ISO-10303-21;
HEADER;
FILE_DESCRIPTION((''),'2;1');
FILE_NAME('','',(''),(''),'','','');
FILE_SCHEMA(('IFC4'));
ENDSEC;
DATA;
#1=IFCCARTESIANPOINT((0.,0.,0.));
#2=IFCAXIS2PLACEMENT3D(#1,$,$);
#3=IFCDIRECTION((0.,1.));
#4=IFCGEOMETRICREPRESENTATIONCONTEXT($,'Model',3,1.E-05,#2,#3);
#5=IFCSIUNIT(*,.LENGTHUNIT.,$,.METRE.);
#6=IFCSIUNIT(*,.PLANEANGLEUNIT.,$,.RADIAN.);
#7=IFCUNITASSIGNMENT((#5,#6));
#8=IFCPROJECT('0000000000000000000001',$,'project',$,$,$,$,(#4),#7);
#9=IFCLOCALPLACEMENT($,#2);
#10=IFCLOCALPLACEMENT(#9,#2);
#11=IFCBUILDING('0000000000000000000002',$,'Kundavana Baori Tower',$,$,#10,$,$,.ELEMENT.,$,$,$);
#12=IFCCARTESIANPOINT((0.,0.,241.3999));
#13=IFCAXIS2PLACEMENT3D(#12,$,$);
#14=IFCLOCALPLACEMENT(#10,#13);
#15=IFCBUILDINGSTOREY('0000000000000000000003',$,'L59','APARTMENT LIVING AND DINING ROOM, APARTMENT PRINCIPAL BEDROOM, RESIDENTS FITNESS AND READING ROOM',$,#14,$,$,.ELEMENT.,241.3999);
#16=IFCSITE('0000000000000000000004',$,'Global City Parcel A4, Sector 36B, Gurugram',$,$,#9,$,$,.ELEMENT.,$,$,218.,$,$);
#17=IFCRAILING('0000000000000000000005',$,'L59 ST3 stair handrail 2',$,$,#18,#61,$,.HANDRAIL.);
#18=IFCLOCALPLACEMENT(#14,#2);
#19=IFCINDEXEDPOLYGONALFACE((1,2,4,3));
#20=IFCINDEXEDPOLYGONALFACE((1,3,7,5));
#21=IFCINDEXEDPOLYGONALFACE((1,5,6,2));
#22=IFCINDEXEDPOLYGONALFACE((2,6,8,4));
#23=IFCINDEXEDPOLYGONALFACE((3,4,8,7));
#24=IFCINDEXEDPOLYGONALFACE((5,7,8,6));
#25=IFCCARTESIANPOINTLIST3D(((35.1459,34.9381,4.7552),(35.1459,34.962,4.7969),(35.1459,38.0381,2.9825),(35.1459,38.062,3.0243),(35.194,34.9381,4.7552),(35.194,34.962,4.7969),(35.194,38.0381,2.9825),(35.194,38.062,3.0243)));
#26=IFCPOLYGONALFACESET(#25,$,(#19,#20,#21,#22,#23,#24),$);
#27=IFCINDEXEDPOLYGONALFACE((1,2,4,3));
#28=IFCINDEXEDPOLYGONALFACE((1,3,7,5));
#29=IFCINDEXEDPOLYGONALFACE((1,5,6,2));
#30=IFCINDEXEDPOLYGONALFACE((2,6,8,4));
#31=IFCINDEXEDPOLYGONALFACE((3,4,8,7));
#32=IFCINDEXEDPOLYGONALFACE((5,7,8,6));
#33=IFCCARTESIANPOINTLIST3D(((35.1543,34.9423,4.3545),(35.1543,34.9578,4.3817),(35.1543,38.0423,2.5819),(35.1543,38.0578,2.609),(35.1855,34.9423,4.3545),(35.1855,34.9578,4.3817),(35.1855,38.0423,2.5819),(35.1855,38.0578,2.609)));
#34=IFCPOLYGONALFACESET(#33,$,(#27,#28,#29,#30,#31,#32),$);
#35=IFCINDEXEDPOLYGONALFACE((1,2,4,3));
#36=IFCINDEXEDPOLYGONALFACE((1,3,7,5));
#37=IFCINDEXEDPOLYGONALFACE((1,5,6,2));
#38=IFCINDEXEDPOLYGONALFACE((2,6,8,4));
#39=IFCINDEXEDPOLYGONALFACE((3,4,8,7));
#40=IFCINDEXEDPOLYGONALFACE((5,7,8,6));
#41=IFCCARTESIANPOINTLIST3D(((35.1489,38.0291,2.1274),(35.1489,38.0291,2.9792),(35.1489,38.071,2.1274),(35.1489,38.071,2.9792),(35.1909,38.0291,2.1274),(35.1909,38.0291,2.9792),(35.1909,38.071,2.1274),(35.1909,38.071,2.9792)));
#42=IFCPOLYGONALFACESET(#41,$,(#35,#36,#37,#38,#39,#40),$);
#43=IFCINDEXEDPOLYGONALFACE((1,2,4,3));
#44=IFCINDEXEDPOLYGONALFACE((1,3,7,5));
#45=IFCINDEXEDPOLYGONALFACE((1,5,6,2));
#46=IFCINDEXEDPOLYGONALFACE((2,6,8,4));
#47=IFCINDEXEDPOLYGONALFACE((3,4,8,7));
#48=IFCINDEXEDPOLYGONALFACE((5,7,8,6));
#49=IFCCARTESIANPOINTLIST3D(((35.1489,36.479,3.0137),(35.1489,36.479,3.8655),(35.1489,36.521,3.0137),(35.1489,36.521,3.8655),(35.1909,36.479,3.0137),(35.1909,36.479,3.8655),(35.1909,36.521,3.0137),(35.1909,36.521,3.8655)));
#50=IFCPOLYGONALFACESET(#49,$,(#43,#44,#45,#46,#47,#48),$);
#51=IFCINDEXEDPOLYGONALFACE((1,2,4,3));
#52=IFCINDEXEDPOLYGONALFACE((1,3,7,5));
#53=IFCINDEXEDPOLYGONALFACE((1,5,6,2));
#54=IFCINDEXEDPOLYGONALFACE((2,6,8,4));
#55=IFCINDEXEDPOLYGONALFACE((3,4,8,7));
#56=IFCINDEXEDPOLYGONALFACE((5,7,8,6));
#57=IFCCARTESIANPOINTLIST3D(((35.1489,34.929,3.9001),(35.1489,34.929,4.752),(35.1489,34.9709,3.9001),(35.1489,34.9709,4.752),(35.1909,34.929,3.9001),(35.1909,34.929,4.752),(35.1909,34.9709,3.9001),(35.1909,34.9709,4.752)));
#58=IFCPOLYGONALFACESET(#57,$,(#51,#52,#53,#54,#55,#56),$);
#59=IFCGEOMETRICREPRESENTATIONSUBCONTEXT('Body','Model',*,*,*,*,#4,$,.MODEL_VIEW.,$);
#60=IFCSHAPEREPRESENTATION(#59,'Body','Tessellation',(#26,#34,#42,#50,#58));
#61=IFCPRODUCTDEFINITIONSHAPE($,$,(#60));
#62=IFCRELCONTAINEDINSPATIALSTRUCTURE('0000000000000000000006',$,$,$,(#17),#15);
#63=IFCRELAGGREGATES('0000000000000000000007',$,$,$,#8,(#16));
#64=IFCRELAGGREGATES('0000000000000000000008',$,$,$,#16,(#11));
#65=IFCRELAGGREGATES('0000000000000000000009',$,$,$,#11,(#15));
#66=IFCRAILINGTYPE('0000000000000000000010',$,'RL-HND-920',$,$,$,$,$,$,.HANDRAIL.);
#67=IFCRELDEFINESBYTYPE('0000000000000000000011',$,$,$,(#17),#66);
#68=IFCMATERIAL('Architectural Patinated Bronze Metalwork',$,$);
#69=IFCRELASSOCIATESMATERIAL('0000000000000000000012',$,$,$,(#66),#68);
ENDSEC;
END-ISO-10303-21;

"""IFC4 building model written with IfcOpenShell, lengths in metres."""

from ifc_helpers import new_model, si_unit, direction, frame, origin, origin_2d, place, context, subcontext, project, spatial, rectangle, extrude, material, type_object, element, save


model = new_model("IFC4")

# Units and contexts
model_context = context("Model", 3, precision=1e-05, world=origin(), true_north=direction((0.0, 1.0)))
body_context = subcontext(model_context, "Body", "Model", "MODEL_VIEW")
ifc_project = project(units=[si_unit("LENGTHUNIT", "METRE"), si_unit("PLANEANGLEUNIT", "RADIAN")], contexts=[model_context])

# Site, building, storey
site_placement = place(None, origin())
site = spatial("IfcSite", under=ifc_project, at=site_placement, Name="Global City Parcel A4, Sector 36B, Gurugram", CompositionType="ELEMENT", RefElevation=218.0)
building_placement = place(site_placement, origin())
building = spatial("IfcBuilding", under=site, at=building_placement, Name="Kundavana Baori Tower", CompositionType="ELEMENT")
storey_placement = place(building_placement, frame((0.0, 0.0, 241.3999)))
storey = spatial("IfcBuildingStorey", under=building, at=storey_placement, Name="L59", Description="APARTMENT LIVING AND DINING ROOM, APARTMENT PRINCIPAL BEDROOM, RESIDENTS FITNESS AND READING ROOM", CompositionType="ELEMENT", Elevation=241.3999)

# Railing
ifc_material_1 = material(Name="Architectural Patinated Bronze Metalwork")
railing_type_1 = type_object("IfcRailingType", Name="RL-HND-920", PredefinedType="HANDRAIL", material=ifc_material_1)
railing_1_placement = place(storey_placement, frame((35.1699, 38.05, 2.1274)))
element("IfcRailing", 1, at=railing_1_placement, inside=storey, type_object=railing_type_1, Name="L59 ST3 stair handrail 2", PredefinedType="HANDRAIL", context=body_context, shape_type="SweptSolid", body=[
    extrude(rectangle(XDim=0.0481, YDim=0.0481, at=origin_2d()), frame((0.0, 0.0, 0.876), z_axis=(0.0, -0.868096, 0.496397), x_axis=(1.0, 0.0, 0.0)), (0.0, 0.0, 1.0), 3.571),
    extrude(rectangle(XDim=0.0312, YDim=0.0312, at=origin_2d()), frame((0.0, 0.0, 0.468), z_axis=(0.0, -0.868096, 0.496397), x_axis=(1.0, 0.0, 0.0)), (0.0, 0.0, 1.0), 3.571),
    extrude(rectangle(XDim=0.042, YDim=0.042, at=origin_2d()), origin(), (0.0, 0.0, 1.0), 0.8518),
    extrude(rectangle(XDim=0.042, YDim=0.042, at=origin_2d()), frame((0.0, -1.55, 0.8862)), (0.0, 0.0, 1.0), 0.8518),
    extrude(rectangle(XDim=0.042, YDim=0.042, at=origin_2d()), frame((0.0, -3.1001, 1.7727)), (0.0, 0.0, 1.0), 0.8518),
])

save(model, "model.ifc")
